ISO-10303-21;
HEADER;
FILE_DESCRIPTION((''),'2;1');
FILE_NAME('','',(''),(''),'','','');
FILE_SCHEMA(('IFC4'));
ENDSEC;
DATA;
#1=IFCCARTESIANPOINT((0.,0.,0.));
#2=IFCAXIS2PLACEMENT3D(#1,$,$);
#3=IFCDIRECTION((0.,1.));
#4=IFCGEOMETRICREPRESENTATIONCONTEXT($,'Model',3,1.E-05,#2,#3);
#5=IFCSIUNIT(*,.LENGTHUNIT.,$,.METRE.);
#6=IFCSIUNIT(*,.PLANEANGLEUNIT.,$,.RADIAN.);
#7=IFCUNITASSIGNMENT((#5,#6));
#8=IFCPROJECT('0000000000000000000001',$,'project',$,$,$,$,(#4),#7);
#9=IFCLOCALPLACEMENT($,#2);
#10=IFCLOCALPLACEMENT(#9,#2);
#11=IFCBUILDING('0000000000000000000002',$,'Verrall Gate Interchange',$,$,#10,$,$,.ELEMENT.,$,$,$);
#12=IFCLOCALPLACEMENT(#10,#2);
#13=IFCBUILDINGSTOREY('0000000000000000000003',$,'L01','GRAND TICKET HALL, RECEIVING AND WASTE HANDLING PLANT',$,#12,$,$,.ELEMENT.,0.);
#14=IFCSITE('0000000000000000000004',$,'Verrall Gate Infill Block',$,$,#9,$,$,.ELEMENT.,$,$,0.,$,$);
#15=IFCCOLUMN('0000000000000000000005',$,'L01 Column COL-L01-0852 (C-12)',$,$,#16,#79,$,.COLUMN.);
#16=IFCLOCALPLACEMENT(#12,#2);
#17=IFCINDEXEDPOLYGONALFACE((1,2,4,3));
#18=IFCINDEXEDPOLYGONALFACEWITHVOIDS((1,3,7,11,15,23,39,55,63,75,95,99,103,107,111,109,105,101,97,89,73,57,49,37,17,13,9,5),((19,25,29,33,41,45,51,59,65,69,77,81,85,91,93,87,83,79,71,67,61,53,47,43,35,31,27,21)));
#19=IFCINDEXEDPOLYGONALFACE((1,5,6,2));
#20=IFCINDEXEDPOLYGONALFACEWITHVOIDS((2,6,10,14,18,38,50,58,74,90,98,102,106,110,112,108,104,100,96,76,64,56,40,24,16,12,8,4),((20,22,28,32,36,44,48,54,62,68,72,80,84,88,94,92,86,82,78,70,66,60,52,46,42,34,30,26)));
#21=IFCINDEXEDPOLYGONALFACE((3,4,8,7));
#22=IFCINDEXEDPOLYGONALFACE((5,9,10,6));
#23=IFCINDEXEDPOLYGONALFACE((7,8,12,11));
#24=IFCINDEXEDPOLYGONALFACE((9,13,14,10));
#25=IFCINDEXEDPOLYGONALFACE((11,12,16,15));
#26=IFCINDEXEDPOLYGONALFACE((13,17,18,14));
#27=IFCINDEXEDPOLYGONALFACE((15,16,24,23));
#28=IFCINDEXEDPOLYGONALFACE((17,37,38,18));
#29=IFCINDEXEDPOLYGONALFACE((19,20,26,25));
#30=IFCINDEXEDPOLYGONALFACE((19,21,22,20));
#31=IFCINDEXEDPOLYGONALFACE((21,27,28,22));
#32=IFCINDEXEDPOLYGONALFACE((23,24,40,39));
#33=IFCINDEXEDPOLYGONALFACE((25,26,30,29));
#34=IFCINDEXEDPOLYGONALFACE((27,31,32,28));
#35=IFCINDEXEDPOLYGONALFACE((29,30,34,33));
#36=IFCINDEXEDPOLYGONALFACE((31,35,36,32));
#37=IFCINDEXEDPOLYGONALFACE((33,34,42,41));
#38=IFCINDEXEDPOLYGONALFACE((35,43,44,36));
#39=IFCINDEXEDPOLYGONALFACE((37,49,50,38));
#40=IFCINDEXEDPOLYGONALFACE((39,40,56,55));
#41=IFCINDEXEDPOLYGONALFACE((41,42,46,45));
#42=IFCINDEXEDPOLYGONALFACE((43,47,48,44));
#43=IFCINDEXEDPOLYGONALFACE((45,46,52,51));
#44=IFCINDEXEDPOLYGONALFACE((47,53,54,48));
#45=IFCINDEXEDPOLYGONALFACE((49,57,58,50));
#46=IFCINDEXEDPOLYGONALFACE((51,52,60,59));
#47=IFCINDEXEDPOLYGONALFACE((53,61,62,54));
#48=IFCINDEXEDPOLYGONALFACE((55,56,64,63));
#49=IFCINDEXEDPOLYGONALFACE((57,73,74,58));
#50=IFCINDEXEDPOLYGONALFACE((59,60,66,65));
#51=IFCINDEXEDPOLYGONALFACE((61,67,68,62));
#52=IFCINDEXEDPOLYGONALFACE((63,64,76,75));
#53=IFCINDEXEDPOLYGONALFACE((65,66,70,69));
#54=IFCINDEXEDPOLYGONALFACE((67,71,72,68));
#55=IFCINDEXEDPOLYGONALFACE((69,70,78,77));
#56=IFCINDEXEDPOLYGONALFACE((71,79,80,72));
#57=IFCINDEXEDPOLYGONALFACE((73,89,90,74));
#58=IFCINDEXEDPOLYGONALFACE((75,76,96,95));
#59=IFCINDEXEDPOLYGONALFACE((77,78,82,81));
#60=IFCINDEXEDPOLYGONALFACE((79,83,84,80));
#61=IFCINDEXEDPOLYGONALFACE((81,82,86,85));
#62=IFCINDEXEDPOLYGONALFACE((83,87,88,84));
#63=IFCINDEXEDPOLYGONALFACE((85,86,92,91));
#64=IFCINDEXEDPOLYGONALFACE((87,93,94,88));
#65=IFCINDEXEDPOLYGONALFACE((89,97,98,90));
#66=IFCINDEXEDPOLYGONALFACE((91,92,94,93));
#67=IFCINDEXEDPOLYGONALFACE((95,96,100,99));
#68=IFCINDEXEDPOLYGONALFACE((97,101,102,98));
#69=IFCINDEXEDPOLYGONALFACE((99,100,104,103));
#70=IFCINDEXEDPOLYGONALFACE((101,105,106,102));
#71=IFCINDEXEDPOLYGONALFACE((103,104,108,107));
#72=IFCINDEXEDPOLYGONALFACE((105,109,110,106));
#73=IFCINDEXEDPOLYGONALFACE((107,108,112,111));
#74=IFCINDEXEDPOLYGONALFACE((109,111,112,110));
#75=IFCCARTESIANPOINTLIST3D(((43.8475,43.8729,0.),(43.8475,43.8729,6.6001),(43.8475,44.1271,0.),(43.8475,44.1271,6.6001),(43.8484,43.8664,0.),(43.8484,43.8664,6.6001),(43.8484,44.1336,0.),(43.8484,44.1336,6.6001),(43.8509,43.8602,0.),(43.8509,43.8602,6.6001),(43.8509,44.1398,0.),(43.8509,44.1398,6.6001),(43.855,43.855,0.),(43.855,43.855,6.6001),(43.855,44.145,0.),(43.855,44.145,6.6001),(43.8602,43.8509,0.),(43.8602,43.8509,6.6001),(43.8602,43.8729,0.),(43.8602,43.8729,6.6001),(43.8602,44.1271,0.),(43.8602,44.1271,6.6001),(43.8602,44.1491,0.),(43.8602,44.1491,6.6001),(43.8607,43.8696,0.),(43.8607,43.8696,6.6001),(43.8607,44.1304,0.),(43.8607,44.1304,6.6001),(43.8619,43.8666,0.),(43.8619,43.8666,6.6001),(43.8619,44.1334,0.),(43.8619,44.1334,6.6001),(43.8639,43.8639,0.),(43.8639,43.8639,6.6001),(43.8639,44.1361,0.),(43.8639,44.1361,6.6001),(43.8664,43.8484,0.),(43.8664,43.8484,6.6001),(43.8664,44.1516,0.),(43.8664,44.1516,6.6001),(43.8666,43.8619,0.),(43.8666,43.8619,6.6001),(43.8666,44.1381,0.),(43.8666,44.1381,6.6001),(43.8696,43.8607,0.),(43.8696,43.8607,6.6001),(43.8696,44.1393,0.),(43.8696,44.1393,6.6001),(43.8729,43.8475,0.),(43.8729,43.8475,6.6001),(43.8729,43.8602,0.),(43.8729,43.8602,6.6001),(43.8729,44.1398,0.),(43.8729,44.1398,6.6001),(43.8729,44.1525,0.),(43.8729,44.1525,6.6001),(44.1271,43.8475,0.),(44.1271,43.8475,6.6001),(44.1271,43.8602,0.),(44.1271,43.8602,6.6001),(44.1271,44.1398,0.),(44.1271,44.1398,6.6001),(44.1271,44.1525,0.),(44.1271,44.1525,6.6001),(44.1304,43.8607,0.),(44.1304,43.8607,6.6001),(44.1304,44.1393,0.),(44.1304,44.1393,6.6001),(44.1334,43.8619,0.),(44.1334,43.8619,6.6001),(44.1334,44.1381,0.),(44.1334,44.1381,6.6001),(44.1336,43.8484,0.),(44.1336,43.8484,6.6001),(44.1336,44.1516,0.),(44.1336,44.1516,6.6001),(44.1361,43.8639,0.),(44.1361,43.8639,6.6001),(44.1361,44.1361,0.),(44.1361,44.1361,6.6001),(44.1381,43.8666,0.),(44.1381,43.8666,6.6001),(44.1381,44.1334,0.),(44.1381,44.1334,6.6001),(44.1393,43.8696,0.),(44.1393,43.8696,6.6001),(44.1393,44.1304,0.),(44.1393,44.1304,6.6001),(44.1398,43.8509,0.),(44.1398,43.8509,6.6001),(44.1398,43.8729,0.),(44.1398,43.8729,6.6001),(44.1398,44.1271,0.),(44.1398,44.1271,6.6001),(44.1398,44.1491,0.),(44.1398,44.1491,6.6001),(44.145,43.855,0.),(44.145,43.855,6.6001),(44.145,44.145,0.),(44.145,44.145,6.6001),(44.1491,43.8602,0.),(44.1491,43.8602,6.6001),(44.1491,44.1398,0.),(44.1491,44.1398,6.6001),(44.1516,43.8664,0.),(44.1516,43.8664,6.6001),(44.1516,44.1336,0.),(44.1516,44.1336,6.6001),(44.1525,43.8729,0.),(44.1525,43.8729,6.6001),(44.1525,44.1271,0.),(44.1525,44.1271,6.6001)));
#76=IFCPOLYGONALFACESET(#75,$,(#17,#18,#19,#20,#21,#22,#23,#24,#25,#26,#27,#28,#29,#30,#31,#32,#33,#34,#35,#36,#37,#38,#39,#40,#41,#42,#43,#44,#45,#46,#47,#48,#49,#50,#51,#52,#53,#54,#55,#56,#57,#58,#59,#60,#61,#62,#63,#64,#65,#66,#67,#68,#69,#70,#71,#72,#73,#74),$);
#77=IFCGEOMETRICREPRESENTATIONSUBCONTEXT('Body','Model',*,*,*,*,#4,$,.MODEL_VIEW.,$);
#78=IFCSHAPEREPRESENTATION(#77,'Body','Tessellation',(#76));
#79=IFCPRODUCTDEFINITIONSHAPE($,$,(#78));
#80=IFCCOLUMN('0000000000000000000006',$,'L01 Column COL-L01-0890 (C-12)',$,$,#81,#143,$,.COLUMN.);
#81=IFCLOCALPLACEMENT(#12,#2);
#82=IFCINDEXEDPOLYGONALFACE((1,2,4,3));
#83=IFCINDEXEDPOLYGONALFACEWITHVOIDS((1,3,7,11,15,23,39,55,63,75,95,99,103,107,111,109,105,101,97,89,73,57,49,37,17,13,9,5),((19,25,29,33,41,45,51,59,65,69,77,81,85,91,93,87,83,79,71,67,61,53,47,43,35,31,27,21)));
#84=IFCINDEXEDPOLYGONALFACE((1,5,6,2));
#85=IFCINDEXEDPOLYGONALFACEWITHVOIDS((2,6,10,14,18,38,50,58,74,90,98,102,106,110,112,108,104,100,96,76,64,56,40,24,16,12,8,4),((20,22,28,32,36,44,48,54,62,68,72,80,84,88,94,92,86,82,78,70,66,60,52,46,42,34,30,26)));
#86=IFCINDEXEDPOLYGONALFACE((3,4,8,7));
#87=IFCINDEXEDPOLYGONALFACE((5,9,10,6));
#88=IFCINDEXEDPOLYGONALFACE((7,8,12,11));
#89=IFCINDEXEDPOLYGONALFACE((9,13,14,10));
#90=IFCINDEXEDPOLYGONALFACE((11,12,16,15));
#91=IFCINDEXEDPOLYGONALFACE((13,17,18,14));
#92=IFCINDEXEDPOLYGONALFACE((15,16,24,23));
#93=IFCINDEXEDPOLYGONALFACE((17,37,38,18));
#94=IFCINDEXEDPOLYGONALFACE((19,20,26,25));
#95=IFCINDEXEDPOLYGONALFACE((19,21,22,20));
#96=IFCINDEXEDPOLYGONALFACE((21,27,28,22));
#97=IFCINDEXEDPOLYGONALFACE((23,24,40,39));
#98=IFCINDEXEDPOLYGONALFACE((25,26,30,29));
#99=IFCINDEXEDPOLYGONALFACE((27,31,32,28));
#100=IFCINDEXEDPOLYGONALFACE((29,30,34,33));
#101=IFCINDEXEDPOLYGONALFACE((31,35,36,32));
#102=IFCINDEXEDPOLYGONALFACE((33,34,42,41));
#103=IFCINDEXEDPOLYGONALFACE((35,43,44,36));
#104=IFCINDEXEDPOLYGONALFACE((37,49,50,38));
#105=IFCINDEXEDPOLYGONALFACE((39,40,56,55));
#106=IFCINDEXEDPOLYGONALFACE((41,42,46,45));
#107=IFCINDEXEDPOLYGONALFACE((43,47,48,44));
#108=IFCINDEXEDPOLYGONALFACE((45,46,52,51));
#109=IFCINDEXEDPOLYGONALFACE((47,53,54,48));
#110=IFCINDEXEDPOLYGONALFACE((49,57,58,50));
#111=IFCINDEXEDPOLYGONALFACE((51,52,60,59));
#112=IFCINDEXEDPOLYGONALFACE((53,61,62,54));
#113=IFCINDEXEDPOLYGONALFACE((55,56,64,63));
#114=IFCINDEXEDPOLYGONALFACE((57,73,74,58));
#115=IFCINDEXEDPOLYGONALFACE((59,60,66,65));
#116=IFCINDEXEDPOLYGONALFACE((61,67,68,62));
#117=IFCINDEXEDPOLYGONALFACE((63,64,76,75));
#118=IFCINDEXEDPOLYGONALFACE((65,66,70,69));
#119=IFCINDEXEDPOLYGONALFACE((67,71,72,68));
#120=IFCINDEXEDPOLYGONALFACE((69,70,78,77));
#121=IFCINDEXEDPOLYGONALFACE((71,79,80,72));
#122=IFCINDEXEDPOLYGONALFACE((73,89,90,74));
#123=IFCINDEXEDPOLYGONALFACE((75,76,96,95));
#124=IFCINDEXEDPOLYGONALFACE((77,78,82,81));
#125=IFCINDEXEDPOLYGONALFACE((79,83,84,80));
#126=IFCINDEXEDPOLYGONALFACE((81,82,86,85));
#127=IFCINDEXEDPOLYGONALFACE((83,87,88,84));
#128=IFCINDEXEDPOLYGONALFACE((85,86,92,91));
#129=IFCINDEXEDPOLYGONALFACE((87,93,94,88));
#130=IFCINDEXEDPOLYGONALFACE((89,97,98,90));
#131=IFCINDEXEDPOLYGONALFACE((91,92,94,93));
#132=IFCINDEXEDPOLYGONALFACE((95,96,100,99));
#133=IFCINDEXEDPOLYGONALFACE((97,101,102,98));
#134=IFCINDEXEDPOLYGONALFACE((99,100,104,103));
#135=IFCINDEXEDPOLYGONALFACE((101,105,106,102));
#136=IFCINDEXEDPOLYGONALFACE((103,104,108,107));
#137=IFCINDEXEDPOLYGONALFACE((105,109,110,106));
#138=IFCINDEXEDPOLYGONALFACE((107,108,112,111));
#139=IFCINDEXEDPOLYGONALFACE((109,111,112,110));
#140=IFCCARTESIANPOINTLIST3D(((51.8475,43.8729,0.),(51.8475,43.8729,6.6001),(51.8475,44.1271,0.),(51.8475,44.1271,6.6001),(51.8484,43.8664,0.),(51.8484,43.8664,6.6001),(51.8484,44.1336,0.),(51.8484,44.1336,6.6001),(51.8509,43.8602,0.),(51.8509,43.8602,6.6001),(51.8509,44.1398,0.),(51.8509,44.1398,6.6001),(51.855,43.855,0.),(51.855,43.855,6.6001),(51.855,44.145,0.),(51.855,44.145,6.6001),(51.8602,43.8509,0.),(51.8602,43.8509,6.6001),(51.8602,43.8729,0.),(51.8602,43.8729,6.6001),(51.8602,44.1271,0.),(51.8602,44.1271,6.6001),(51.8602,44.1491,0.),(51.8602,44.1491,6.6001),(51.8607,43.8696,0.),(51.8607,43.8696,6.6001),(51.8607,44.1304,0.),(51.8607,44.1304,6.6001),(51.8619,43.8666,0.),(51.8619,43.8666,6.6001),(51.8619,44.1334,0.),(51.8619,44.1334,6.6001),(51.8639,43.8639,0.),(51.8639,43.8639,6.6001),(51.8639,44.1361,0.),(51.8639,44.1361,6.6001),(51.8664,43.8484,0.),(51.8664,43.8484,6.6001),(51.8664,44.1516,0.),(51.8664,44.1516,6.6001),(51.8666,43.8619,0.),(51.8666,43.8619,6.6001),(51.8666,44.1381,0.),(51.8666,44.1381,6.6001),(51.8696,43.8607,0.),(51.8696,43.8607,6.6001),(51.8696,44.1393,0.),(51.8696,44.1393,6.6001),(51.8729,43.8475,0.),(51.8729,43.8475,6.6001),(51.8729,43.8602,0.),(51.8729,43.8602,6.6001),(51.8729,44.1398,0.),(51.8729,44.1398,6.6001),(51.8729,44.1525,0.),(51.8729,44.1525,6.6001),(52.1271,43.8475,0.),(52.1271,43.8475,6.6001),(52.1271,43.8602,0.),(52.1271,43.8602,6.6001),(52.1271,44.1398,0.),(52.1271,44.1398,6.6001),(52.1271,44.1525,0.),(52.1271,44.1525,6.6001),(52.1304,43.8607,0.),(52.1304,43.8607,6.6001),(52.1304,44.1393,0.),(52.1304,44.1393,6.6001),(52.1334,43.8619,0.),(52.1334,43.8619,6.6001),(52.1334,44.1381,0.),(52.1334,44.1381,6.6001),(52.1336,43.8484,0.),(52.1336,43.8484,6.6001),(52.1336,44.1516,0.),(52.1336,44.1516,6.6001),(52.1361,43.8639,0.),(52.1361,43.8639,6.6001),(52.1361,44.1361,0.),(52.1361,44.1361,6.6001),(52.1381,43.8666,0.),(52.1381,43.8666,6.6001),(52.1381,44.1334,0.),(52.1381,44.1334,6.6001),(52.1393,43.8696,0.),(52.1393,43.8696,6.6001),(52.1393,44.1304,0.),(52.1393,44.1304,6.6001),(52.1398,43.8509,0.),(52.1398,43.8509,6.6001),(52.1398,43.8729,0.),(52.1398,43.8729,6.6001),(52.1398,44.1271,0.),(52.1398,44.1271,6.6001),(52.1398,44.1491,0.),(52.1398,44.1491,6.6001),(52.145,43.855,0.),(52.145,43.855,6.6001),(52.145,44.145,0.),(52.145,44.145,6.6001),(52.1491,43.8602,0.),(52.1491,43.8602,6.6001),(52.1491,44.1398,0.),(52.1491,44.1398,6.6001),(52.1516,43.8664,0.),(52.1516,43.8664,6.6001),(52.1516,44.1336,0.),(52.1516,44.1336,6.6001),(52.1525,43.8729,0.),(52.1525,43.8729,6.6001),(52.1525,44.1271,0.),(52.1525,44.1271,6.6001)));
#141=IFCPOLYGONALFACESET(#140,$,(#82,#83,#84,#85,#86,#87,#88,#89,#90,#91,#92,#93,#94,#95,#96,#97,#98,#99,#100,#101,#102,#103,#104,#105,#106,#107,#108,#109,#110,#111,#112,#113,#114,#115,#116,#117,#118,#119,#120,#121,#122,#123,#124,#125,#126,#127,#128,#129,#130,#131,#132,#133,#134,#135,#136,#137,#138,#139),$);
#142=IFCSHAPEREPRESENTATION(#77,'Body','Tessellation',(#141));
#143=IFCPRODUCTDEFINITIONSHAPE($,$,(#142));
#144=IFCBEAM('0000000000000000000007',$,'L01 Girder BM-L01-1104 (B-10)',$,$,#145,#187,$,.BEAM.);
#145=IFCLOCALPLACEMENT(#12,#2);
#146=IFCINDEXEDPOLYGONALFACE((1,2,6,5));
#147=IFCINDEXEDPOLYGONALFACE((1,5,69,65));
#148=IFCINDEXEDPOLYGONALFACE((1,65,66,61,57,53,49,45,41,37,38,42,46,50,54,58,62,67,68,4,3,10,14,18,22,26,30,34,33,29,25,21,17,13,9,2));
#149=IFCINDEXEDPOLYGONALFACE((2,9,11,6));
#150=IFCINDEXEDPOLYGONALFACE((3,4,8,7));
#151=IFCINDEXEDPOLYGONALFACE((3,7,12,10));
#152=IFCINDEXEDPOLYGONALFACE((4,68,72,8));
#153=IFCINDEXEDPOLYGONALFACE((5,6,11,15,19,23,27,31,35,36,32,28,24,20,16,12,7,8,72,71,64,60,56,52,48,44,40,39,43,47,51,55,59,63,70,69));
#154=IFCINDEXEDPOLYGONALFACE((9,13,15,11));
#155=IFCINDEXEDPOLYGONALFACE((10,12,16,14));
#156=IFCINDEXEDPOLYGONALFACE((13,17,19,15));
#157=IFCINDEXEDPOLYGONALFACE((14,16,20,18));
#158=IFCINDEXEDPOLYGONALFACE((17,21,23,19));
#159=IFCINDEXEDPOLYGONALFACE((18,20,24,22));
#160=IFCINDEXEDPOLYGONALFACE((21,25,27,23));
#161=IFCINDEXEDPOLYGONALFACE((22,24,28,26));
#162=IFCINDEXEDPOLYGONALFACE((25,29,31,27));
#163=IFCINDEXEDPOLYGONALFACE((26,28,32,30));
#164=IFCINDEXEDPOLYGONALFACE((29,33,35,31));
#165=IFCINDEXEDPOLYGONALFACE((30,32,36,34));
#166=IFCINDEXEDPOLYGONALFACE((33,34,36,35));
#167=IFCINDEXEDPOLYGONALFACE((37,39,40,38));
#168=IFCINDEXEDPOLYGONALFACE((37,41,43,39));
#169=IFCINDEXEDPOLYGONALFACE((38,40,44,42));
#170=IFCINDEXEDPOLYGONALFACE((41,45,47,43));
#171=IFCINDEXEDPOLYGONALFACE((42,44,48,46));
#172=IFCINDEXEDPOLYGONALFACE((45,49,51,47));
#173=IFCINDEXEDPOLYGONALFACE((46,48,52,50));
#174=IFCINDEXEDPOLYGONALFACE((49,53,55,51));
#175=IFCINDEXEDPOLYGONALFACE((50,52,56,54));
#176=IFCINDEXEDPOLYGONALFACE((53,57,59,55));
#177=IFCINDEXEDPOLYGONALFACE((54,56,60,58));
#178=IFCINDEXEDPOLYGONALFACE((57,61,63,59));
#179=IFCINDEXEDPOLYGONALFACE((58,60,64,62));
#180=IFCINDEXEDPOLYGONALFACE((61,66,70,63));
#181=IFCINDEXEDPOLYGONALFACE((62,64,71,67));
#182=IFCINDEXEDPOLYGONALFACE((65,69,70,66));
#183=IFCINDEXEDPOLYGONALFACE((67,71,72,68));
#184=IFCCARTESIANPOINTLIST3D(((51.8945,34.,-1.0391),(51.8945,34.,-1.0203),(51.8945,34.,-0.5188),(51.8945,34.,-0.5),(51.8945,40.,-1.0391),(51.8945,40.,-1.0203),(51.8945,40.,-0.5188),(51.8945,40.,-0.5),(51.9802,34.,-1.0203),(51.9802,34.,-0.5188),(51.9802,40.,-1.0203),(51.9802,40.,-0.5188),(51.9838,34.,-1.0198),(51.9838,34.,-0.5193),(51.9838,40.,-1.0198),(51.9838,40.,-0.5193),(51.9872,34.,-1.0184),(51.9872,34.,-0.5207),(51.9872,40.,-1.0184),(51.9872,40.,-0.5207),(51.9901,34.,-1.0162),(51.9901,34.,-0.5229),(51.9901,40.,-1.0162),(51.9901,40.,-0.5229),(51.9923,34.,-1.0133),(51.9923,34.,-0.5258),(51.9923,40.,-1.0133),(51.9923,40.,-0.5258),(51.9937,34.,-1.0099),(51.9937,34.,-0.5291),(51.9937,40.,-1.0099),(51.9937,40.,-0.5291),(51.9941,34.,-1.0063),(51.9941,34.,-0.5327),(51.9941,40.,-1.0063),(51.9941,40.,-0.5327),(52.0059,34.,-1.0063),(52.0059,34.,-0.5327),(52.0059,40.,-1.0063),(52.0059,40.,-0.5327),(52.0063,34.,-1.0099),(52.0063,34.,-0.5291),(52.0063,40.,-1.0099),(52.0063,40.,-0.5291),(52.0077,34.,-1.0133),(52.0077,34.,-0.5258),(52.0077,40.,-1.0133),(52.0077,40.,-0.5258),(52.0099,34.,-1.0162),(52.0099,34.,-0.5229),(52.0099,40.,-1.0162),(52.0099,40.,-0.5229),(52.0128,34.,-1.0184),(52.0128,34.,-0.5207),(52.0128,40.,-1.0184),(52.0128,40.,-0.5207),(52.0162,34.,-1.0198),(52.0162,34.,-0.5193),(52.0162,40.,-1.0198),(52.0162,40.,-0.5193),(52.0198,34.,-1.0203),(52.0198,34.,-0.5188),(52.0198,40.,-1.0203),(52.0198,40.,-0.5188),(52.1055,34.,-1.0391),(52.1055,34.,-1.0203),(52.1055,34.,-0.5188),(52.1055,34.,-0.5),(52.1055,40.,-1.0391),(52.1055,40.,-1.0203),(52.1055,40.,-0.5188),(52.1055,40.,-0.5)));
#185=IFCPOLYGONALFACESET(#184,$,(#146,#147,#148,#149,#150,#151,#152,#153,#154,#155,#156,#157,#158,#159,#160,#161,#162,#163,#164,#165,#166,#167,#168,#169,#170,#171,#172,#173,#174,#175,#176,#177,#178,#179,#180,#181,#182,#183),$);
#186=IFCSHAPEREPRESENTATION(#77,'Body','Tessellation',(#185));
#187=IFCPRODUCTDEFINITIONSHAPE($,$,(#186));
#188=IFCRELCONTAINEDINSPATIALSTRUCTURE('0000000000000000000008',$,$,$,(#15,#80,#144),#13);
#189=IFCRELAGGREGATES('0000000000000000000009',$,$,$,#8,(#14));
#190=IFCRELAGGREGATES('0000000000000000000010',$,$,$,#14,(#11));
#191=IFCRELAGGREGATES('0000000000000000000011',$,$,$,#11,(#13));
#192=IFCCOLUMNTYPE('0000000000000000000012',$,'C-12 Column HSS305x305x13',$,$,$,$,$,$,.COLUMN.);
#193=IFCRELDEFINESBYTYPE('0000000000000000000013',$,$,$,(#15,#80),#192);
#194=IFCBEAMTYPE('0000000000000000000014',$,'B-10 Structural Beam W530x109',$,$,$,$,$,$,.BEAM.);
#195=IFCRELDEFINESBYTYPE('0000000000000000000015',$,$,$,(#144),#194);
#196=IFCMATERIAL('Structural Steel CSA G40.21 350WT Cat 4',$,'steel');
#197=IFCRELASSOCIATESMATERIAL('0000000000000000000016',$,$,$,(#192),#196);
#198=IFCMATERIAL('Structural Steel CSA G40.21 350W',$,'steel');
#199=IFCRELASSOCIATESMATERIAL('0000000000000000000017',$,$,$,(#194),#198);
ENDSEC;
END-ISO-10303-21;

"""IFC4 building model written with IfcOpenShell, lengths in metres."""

from ifc_helpers import new_model, si_unit, direction, frame, origin, origin_2d, place, context, subcontext, project, spatial, hollow_rectangle, i_section, extrude, material, material_profile, profile_set, type_object, element, save


model = new_model("IFC4")

# Units and contexts
model_context = context("Model", 3, precision=1e-05, world=origin(), true_north=direction((0.0, 1.0)))
body_context = subcontext(model_context, "Body", "Model", "MODEL_VIEW")
ifc_project = project(units=[si_unit("LENGTHUNIT", "METRE"), si_unit("PLANEANGLEUNIT", "RADIAN")], contexts=[model_context])

# Site, building, storey
site_placement = place(None, origin())
site = spatial("IfcSite", under=ifc_project, at=site_placement, Name="Verrall Gate Infill Block", CompositionType="ELEMENT", RefElevation=0.0)
building_placement = place(site_placement, origin())
building = spatial("IfcBuilding", under=site, at=building_placement, Name="Verrall Gate Interchange", CompositionType="ELEMENT")
storey_placement = place(building_placement, origin())
storey = spatial("IfcBuildingStorey", under=building, at=storey_placement, Name="L01", Description="GRAND TICKET HALL, RECEIVING AND WASTE HANDLING PLANT", CompositionType="ELEMENT", Elevation=0.0)

# Columns
ifc_material_1 = material(Name="Structural Steel CSA G40.21 350WT Cat 4", Category="steel")
ifc_material_profile_1 = material_profile(ifc_material_1, hollow_rectangle(XDim=0.3049, YDim=0.3049, WallThickness=0.0127, InnerFilletRadius=0.0127, OuterFilletRadius=0.0254, at=origin_2d()), Name="HSS305x305x13")
ifc_profile_set_1 = profile_set([ifc_material_profile_1], Name="Structural Steel CSA G40.21 350WT Cat 4")
column_type = type_object("IfcColumnType", Name="C-12 Column HSS305x305x13", PredefinedType="COLUMN", material=ifc_profile_set_1)
for number, where, z_axis, x_axis, name in (
    (1, (44.0, 44.0, 0.0), (0.0, 0.0, 1.0), (1.0, 0.0, 0.0), "L01 Column COL-L01-0852 (C-12)"),
    (2, (52.0, 44.0, 0.0), (0.0, 0.0, 1.0), (1.0, 0.0, 0.0), "L01 Column COL-L01-0890 (C-12)"),
):
    element("IfcColumn", number, at=place(storey_placement, frame(where, z_axis=z_axis, x_axis=x_axis)), inside=storey, type_object=column_type, Name=name, PredefinedType="COLUMN", context=body_context, shape_type="SweptSolid", body=[
        extrude(hollow_rectangle(XDim=0.3049, YDim=0.3049, WallThickness=0.0127, InnerFilletRadius=0.0127, OuterFilletRadius=0.0254, at=origin_2d()), origin(), (0.0, 0.0, 1.0), 6.6001),
    ])

# Beam
ifc_material_2 = material(Name="Structural Steel CSA G40.21 350W", Category="steel")
ifc_material_profile_2 = material_profile(ifc_material_2, i_section(OverallWidth=0.2109, OverallDepth=0.5391, WebThickness=0.0117, FlangeThickness=0.0188, FilletRadius=0.0139, at=origin_2d()), Name="W530x109")
ifc_profile_set_2 = profile_set([ifc_material_profile_2], Name="Structural Steel CSA G40.21 350W")
beam_type_1 = type_object("IfcBeamType", Name="B-10 Structural Beam W530x109", PredefinedType="BEAM", material=ifc_profile_set_2)
beam_1_placement = place(storey_placement, frame((52.0, 34.0, -0.7695), z_axis=(0.0, 1.0, 0.0), x_axis=(-1.0, 0.0, 0.0)))
element("IfcBeam", 3, at=beam_1_placement, inside=storey, type_object=beam_type_1, Name="L01 Girder BM-L01-1104 (B-10)", PredefinedType="BEAM", context=body_context, shape_type="SweptSolid", body=[
    extrude(i_section(OverallWidth=0.2109, OverallDepth=0.5391, WebThickness=0.0117, FlangeThickness=0.0188, FilletRadius=0.0139, at=origin_2d()), origin(), (0.0, 0.0, 1.0), 6.0),
])

save(model, "model.ifc")
